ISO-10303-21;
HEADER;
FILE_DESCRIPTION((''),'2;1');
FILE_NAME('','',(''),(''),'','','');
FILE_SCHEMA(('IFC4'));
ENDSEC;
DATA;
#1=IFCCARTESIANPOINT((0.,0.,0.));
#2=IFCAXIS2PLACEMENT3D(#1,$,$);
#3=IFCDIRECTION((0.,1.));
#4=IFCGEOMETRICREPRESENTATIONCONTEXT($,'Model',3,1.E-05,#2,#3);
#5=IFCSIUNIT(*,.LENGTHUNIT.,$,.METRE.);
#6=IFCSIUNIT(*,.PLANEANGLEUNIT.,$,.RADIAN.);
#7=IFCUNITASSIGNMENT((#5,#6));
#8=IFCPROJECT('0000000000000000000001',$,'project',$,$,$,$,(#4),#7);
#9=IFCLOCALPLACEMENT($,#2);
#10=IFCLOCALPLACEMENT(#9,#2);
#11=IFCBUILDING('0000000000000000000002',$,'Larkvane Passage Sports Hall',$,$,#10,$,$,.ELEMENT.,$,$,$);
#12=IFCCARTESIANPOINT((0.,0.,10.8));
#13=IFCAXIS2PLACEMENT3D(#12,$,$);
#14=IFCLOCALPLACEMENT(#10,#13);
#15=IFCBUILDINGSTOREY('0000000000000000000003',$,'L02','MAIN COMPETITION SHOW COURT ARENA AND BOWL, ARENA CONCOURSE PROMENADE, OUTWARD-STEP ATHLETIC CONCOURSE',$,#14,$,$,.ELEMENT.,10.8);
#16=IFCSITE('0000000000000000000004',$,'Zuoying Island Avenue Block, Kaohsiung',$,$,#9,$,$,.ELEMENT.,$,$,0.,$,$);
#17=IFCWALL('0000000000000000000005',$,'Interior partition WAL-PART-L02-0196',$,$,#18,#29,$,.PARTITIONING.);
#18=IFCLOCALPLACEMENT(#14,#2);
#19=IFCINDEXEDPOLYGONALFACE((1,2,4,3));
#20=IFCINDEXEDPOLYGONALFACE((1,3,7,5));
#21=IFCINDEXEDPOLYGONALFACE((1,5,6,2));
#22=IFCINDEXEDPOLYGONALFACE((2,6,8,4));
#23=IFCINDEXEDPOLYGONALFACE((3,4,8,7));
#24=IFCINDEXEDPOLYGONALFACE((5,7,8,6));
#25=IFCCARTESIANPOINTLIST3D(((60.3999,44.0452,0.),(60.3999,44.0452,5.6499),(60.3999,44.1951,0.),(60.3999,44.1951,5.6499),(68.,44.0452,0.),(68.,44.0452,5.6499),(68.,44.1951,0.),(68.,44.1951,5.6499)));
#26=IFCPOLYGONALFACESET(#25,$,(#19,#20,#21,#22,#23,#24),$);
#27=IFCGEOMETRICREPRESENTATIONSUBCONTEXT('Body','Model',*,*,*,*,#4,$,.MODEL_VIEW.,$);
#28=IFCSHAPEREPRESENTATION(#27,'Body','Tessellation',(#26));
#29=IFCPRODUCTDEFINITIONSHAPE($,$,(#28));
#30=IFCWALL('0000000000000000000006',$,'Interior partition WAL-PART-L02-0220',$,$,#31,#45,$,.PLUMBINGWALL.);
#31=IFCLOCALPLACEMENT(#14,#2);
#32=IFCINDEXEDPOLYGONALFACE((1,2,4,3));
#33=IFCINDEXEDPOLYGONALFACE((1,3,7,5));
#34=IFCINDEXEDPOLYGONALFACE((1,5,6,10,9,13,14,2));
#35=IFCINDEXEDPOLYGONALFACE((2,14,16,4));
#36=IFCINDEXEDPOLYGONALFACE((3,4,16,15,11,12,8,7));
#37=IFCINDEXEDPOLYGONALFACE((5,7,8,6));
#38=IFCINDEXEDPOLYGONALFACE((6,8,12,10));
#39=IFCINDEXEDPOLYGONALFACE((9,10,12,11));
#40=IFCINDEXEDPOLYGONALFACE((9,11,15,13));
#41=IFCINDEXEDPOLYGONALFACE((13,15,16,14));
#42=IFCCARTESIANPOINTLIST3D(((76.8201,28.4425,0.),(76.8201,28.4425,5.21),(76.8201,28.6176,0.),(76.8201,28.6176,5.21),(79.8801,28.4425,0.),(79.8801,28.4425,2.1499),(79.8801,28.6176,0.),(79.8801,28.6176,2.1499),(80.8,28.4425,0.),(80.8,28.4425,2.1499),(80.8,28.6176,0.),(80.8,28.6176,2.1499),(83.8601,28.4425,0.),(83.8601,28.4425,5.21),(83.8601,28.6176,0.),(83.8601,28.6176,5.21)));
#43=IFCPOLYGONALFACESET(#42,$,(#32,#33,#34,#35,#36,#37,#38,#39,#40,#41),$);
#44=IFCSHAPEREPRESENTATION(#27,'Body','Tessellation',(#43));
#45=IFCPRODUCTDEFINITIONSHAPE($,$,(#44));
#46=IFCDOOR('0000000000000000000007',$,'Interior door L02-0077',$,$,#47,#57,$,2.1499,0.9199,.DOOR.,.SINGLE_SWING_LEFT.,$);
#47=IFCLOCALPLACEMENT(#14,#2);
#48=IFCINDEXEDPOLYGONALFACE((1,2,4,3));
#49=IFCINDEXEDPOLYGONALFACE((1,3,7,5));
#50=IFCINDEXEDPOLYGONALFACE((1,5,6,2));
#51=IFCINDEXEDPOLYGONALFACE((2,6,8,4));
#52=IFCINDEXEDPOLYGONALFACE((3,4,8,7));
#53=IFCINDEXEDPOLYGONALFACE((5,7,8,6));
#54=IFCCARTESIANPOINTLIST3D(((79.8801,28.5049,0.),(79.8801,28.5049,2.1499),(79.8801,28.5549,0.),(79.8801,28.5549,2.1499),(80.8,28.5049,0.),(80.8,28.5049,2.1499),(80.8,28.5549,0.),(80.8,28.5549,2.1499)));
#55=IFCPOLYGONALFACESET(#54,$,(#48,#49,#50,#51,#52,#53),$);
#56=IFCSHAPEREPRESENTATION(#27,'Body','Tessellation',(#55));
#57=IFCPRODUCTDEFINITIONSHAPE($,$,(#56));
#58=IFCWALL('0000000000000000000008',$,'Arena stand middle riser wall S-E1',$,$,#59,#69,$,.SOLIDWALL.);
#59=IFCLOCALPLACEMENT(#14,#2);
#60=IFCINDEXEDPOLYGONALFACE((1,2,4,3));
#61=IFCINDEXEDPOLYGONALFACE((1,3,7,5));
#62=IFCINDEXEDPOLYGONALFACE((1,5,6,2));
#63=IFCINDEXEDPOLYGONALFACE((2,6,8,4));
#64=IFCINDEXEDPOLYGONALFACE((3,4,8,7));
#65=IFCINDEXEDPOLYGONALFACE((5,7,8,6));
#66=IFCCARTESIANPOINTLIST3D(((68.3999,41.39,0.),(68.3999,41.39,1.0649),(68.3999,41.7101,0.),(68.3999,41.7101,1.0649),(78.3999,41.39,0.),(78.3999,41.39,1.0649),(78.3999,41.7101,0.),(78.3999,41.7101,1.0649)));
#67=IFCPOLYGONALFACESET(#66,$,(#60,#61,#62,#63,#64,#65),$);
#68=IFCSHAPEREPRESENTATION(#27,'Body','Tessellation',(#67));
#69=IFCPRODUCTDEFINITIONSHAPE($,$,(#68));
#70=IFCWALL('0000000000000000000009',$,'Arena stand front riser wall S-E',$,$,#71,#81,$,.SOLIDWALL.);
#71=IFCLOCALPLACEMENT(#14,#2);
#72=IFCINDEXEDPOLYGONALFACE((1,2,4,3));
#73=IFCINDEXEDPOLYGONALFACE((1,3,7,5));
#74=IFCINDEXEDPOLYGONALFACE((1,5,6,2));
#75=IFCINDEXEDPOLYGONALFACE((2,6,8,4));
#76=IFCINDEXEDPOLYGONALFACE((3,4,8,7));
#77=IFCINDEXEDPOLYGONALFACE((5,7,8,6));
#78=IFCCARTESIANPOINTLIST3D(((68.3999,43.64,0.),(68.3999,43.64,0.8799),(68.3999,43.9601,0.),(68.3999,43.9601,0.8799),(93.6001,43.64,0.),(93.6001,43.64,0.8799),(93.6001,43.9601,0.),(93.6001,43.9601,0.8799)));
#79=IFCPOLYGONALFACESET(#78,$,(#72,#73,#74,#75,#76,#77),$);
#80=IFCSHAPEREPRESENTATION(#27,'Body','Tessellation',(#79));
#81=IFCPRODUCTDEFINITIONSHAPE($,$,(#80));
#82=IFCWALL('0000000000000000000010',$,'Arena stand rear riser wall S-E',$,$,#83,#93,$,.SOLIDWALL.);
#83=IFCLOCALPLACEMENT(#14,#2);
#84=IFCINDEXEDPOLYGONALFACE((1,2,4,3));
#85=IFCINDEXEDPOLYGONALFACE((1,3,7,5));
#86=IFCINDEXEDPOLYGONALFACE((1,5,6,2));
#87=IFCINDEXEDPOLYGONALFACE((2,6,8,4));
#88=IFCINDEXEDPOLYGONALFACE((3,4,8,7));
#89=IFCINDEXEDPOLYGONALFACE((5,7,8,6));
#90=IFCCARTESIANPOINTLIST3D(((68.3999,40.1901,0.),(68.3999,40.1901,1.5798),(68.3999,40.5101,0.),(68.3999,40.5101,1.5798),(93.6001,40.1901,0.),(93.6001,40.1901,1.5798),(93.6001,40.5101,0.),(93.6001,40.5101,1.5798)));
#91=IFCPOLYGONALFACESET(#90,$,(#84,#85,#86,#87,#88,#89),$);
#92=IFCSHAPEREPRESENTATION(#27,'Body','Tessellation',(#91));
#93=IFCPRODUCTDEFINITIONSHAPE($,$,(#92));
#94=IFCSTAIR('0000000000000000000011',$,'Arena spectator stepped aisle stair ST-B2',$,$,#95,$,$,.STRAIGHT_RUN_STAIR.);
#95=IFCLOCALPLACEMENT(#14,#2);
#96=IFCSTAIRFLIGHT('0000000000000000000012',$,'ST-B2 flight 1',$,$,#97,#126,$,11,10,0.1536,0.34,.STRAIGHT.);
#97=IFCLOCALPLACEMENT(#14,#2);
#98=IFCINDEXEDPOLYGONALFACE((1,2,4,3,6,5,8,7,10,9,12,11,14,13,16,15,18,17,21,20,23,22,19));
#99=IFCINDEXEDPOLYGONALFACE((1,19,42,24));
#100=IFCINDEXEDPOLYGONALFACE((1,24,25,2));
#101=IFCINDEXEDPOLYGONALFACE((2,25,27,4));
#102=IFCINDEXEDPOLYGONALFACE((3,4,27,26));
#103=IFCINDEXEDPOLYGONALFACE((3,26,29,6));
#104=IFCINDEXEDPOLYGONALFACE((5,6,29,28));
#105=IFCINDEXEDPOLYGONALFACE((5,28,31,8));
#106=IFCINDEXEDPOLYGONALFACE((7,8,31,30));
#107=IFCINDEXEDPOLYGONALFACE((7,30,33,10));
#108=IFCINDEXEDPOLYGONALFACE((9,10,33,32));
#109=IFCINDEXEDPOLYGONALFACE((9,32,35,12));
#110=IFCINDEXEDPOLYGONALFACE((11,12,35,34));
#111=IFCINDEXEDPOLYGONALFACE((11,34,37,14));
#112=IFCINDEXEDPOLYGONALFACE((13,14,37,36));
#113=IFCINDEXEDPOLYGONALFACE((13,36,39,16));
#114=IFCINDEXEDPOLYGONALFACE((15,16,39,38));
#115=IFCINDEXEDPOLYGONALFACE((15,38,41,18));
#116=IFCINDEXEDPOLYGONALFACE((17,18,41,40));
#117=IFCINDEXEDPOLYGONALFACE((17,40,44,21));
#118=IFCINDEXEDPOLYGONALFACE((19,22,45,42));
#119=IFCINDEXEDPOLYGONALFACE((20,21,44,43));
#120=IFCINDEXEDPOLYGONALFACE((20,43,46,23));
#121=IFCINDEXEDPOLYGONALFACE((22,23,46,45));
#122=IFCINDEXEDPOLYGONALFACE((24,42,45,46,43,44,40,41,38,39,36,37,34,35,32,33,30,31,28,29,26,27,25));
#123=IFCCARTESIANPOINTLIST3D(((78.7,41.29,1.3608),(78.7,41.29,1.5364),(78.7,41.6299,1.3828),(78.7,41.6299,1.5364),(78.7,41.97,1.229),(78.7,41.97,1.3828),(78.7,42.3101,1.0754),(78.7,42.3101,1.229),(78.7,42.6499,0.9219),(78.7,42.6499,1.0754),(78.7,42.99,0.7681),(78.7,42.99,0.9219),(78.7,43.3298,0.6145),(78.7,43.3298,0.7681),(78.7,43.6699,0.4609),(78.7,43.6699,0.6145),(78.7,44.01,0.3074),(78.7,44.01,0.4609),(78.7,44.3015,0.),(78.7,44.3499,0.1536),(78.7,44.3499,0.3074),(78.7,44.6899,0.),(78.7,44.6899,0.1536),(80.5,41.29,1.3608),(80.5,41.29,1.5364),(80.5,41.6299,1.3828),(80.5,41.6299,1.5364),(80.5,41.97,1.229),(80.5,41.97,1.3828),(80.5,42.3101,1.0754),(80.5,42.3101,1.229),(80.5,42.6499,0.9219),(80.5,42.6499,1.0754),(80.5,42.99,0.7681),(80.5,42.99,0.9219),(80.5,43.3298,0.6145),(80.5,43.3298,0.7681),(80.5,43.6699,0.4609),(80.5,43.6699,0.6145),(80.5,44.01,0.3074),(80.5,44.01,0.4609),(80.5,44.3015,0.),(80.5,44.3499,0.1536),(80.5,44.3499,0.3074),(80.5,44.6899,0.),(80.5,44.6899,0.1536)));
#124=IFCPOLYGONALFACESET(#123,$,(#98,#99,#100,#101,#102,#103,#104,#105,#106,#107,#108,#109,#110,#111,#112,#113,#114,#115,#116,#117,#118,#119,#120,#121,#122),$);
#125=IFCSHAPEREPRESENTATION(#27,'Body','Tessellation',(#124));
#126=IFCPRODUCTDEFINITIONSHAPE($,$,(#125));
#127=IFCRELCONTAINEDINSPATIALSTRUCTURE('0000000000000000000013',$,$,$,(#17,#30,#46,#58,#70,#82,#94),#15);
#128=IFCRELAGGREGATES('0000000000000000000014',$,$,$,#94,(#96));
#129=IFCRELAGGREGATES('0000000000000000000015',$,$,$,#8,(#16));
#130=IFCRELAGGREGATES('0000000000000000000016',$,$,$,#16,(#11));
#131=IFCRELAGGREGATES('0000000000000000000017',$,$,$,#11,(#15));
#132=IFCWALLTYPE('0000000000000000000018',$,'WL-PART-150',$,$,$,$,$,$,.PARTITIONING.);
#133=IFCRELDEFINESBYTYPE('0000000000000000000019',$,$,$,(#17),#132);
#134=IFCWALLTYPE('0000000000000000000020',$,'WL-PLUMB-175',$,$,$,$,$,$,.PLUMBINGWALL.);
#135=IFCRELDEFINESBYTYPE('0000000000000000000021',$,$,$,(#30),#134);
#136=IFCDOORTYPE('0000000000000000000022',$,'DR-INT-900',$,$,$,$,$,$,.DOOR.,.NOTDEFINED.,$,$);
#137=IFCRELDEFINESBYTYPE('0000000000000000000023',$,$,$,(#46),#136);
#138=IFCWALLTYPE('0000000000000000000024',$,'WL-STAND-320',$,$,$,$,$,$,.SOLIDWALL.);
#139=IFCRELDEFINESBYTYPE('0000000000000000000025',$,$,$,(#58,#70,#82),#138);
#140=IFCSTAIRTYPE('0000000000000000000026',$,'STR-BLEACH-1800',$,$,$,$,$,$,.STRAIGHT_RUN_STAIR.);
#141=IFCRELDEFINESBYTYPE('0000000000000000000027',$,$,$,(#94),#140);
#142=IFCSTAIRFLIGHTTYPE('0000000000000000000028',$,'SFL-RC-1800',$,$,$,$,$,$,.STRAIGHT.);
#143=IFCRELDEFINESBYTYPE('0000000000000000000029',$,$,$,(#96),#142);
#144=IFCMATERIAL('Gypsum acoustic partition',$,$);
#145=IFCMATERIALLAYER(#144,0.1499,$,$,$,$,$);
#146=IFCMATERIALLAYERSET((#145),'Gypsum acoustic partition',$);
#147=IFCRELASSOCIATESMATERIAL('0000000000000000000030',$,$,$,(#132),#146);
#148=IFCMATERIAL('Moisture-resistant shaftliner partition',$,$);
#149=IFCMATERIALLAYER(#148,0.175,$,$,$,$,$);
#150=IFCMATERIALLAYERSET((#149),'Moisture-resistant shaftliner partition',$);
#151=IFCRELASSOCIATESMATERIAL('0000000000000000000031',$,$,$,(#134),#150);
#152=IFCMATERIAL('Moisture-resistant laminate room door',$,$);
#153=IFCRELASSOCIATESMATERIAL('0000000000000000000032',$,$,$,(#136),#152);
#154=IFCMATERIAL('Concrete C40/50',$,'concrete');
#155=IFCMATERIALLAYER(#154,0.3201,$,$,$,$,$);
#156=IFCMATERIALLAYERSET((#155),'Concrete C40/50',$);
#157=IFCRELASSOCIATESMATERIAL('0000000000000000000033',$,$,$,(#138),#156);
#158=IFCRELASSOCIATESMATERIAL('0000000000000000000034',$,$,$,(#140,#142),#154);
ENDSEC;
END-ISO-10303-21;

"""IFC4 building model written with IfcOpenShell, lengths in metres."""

from ifc_helpers import new_model, si_unit, direction, frame, frame_2d, origin, place, context, subcontext, project, spatial, polyline, rectangle, outline, extrude, material, layer, layer_set, type_object, element, fill, aggregate, save


model = new_model("IFC4")

# Units and contexts
model_context = context("Model", 3, precision=1e-05, world=origin(), true_north=direction((0.0, 1.0)))
body_context = subcontext(model_context, "Body", "Model", "MODEL_VIEW")
ifc_project = project(units=[si_unit("LENGTHUNIT", "METRE"), si_unit("PLANEANGLEUNIT", "RADIAN")], contexts=[model_context])

# Site, building, storey
site_placement = place(None, origin())
site = spatial("IfcSite", under=ifc_project, at=site_placement, Name="Zuoying Island Avenue Block, Kaohsiung", CompositionType="ELEMENT", RefElevation=0.0)
building_placement = place(site_placement, origin())
building = spatial("IfcBuilding", under=site, at=building_placement, Name="Larkvane Passage Sports Hall", CompositionType="ELEMENT")
storey_placement = place(building_placement, frame((0.0, 0.0, 10.8)))
storey = spatial("IfcBuildingStorey", under=building, at=storey_placement, Name="L02", Description="MAIN COMPETITION SHOW COURT ARENA AND BOWL, ARENA CONCOURSE PROMENADE, OUTWARD-STEP ATHLETIC CONCOURSE", CompositionType="ELEMENT", Elevation=10.8)

# Shared definitions
ifc_material_1 = material(Name="Concrete C40/50", Category="concrete")

# Wall
ifc_material_2 = material(Name="Gypsum acoustic partition")
ifc_layer_1 = layer(ifc_material_2, 0.1499)
ifc_layer_set_1 = layer_set([ifc_layer_1], Name="Gypsum acoustic partition")
wall_type_1 = type_object("IfcWallType", Name="WL-PART-150", PredefinedType="PARTITIONING", material=ifc_layer_set_1)
wall_1_placement = place(storey_placement, frame((68.0, 44.1201, 0.0), z_axis=(0.0, 0.0, 1.0), x_axis=(-1.0, 0.0, 0.0)))
element("IfcWall", 1, at=wall_1_placement, inside=storey, type_object=wall_type_1, Name="Interior partition WAL-PART-L02-0196", PredefinedType="PARTITIONING", context=body_context, shape_type="SweptSolid", body=[
    extrude(rectangle(XDim=7.6001, YDim=0.1499, at=frame_2d((3.8, 0.0))), origin(), (0.0, 0.0, 1.0), 5.6499),
])

# Wall, opening, door
ifc_material_3 = material(Name="Moisture-resistant shaftliner partition")
ifc_layer_2 = layer(ifc_material_3, 0.175)
ifc_layer_set_2 = layer_set([ifc_layer_2], Name="Moisture-resistant shaftliner partition")
wall_type_2 = type_object("IfcWallType", Name="WL-PLUMB-175", PredefinedType="PLUMBINGWALL", material=ifc_layer_set_2)
wall_2_placement = place(storey_placement, frame((76.8201, 28.53, 0.0), z_axis=(0.0, 0.0, 1.0), x_axis=(1.0, 0.0, 0.0)))
wall_2 = element("IfcWall", 2, at=wall_2_placement, inside=storey, type_object=wall_type_2, Name="Interior partition WAL-PART-L02-0220", PredefinedType="PLUMBINGWALL", context=body_context, shape_type="SweptSolid", body=[
    extrude(rectangle(XDim=7.04, YDim=0.175, at=frame_2d((3.52, 0.0))), origin(), (0.0, 0.0, 1.0), 5.21),
])
opening_placement = place(wall_2_placement, frame((3.0601, 0.0, 0.0)))
opening = element("IfcOpeningElement", 3, at=opening_placement, cuts=wall_2, PredefinedType="OPENING", context=body_context, shape_type="SweptSolid", body=[
    extrude(rectangle(XDim=0.9199, YDim=2.1499, at=frame_2d((0.46, 1.075))), frame((0.0, 0.0974, 0.0), z_axis=(0.0, -1.0, 0.0), x_axis=(1.0, 0.0, 0.0)), (0.0, 0.0, 1.0), 0.1951),
])
ifc_material_4 = material(Name="Moisture-resistant laminate room door")
door_type = type_object("IfcDoorType", Name="DR-INT-900", OperationType="NOTDEFINED", PredefinedType="DOOR", material=ifc_material_4)
door_placement = place(opening_placement, origin())
door = element("IfcDoor", 4, at=door_placement, inside=storey, type_object=door_type, Name="Interior door L02-0077", OperationType="SINGLE_SWING_LEFT", OverallHeight=2.1499, OverallWidth=0.9199, PredefinedType="DOOR", context=body_context, shape_type="SweptSolid", body=[
    extrude(rectangle(XDim=0.9199, YDim=2.1499, at=frame_2d((0.46, 1.075))), frame((0.0, 0.0249, 0.0), z_axis=(0.0, -1.0, 0.0), x_axis=(1.0, 0.0, 0.0)), (0.0, 0.0, 1.0), 0.05),
])
fill(opening, door)

# Walls
ifc_layer_3 = layer(ifc_material_1, 0.3201)
ifc_layer_set_3 = layer_set([ifc_layer_3], Name="Concrete C40/50")
wall_type_3 = type_object("IfcWallType", Name="WL-STAND-320", PredefinedType="SOLIDWALL", material=ifc_layer_set_3)
wall_3_placement = place(storey_placement, frame((68.3999, 41.55, 0.0), z_axis=(0.0, 0.0, 1.0), x_axis=(1.0, 0.0, 0.0)))
element("IfcWall", 5, at=wall_3_placement, inside=storey, type_object=wall_type_3, Name="Arena stand middle riser wall S-E1", PredefinedType="SOLIDWALL", context=body_context, shape_type="SweptSolid", body=[
    extrude(rectangle(XDim=10.0, YDim=0.3201, at=frame_2d((5.0, 0.0))), origin(), (0.0, 0.0, 1.0), 1.0649),
])
wall_4_placement = place(storey_placement, frame((68.3999, 43.8, 0.0), z_axis=(0.0, 0.0, 1.0), x_axis=(1.0, 0.0, 0.0)))
element("IfcWall", 6, at=wall_4_placement, inside=storey, type_object=wall_type_3, Name="Arena stand front riser wall S-E", PredefinedType="SOLIDWALL", context=body_context, shape_type="SweptSolid", body=[
    extrude(rectangle(XDim=25.2002, YDim=0.3201, at=frame_2d((12.6001, 0.0))), origin(), (0.0, 0.0, 1.0), 0.8799),
])
wall_5_placement = place(storey_placement, frame((68.3999, 40.3501, 0.0), z_axis=(0.0, 0.0, 1.0), x_axis=(1.0, 0.0, 0.0)))
element("IfcWall", 7, at=wall_5_placement, inside=storey, type_object=wall_type_3, Name="Arena stand rear riser wall S-E", PredefinedType="SOLIDWALL", context=body_context, shape_type="SweptSolid", body=[
    extrude(rectangle(XDim=25.2002, YDim=0.3201, at=frame_2d((12.6001, 0.0))), origin(), (0.0, 0.0, 1.0), 1.5798),
])

# Stair, stair flight
stair_type = type_object("IfcStairType", Name="STR-BLEACH-1800", PredefinedType="STRAIGHT_RUN_STAIR", material=ifc_material_1)
stair_placement = place(storey_placement, origin())
stair = element("IfcStair", 8, at=stair_placement, inside=storey, type_object=stair_type, Name="Arena spectator stepped aisle stair ST-B2", PredefinedType="STRAIGHT_RUN_STAIR")
stair_flight_type = type_object("IfcStairFlightType", Name="SFL-RC-1800", PredefinedType="STRAIGHT", material=ifc_material_1)
stair_flight_placement = place(storey_placement, frame((79.6001, 44.6899, 0.0), z_axis=(0.0, 0.0, 1.0), x_axis=(0.0, -1.0, 0.0)))
stair_flight = element("IfcStairFlight", 9, at=stair_flight_placement, type_object=stair_flight_type, Name="ST-B2 flight 1", NumberOfRisers=11, NumberOfTreads=10, PredefinedType="STRAIGHT", RiserHeight=0.1536, TreadLength=0.34, context=body_context, shape_type="SweptSolid", body=[
    extrude(outline(polyline([(0.0, 0.0), (0.0, 0.1536), (0.3401, 0.1536), (0.3401, 0.3074), (0.6799, 0.3074), (0.6799, 0.4609), (1.02, 0.4609), (1.02, 0.6145), (1.3601, 0.6145), (1.3601, 0.7681), (1.7, 0.7681), (1.7, 0.9219), (2.04, 0.9219), (2.04, 1.0754), (2.3799, 1.0754), (2.3799, 1.229), (2.72, 1.229), (2.72, 1.3828), (3.0601, 1.3828), (3.0601, 1.5364), (3.3999, 1.5364), (3.3999, 1.6899), (3.3999, 1.3608), (0.3884, 0.0), (0.0, 0.0)])), frame((0.0, 0.8999, 0.0), z_axis=(0.0, -1.0, 0.0), x_axis=(1.0, 0.0, 0.0)), (0.0, 0.0, 1.0), 1.8),
])
aggregate(stair, [stair_flight])

save(model, "model.ifc")
